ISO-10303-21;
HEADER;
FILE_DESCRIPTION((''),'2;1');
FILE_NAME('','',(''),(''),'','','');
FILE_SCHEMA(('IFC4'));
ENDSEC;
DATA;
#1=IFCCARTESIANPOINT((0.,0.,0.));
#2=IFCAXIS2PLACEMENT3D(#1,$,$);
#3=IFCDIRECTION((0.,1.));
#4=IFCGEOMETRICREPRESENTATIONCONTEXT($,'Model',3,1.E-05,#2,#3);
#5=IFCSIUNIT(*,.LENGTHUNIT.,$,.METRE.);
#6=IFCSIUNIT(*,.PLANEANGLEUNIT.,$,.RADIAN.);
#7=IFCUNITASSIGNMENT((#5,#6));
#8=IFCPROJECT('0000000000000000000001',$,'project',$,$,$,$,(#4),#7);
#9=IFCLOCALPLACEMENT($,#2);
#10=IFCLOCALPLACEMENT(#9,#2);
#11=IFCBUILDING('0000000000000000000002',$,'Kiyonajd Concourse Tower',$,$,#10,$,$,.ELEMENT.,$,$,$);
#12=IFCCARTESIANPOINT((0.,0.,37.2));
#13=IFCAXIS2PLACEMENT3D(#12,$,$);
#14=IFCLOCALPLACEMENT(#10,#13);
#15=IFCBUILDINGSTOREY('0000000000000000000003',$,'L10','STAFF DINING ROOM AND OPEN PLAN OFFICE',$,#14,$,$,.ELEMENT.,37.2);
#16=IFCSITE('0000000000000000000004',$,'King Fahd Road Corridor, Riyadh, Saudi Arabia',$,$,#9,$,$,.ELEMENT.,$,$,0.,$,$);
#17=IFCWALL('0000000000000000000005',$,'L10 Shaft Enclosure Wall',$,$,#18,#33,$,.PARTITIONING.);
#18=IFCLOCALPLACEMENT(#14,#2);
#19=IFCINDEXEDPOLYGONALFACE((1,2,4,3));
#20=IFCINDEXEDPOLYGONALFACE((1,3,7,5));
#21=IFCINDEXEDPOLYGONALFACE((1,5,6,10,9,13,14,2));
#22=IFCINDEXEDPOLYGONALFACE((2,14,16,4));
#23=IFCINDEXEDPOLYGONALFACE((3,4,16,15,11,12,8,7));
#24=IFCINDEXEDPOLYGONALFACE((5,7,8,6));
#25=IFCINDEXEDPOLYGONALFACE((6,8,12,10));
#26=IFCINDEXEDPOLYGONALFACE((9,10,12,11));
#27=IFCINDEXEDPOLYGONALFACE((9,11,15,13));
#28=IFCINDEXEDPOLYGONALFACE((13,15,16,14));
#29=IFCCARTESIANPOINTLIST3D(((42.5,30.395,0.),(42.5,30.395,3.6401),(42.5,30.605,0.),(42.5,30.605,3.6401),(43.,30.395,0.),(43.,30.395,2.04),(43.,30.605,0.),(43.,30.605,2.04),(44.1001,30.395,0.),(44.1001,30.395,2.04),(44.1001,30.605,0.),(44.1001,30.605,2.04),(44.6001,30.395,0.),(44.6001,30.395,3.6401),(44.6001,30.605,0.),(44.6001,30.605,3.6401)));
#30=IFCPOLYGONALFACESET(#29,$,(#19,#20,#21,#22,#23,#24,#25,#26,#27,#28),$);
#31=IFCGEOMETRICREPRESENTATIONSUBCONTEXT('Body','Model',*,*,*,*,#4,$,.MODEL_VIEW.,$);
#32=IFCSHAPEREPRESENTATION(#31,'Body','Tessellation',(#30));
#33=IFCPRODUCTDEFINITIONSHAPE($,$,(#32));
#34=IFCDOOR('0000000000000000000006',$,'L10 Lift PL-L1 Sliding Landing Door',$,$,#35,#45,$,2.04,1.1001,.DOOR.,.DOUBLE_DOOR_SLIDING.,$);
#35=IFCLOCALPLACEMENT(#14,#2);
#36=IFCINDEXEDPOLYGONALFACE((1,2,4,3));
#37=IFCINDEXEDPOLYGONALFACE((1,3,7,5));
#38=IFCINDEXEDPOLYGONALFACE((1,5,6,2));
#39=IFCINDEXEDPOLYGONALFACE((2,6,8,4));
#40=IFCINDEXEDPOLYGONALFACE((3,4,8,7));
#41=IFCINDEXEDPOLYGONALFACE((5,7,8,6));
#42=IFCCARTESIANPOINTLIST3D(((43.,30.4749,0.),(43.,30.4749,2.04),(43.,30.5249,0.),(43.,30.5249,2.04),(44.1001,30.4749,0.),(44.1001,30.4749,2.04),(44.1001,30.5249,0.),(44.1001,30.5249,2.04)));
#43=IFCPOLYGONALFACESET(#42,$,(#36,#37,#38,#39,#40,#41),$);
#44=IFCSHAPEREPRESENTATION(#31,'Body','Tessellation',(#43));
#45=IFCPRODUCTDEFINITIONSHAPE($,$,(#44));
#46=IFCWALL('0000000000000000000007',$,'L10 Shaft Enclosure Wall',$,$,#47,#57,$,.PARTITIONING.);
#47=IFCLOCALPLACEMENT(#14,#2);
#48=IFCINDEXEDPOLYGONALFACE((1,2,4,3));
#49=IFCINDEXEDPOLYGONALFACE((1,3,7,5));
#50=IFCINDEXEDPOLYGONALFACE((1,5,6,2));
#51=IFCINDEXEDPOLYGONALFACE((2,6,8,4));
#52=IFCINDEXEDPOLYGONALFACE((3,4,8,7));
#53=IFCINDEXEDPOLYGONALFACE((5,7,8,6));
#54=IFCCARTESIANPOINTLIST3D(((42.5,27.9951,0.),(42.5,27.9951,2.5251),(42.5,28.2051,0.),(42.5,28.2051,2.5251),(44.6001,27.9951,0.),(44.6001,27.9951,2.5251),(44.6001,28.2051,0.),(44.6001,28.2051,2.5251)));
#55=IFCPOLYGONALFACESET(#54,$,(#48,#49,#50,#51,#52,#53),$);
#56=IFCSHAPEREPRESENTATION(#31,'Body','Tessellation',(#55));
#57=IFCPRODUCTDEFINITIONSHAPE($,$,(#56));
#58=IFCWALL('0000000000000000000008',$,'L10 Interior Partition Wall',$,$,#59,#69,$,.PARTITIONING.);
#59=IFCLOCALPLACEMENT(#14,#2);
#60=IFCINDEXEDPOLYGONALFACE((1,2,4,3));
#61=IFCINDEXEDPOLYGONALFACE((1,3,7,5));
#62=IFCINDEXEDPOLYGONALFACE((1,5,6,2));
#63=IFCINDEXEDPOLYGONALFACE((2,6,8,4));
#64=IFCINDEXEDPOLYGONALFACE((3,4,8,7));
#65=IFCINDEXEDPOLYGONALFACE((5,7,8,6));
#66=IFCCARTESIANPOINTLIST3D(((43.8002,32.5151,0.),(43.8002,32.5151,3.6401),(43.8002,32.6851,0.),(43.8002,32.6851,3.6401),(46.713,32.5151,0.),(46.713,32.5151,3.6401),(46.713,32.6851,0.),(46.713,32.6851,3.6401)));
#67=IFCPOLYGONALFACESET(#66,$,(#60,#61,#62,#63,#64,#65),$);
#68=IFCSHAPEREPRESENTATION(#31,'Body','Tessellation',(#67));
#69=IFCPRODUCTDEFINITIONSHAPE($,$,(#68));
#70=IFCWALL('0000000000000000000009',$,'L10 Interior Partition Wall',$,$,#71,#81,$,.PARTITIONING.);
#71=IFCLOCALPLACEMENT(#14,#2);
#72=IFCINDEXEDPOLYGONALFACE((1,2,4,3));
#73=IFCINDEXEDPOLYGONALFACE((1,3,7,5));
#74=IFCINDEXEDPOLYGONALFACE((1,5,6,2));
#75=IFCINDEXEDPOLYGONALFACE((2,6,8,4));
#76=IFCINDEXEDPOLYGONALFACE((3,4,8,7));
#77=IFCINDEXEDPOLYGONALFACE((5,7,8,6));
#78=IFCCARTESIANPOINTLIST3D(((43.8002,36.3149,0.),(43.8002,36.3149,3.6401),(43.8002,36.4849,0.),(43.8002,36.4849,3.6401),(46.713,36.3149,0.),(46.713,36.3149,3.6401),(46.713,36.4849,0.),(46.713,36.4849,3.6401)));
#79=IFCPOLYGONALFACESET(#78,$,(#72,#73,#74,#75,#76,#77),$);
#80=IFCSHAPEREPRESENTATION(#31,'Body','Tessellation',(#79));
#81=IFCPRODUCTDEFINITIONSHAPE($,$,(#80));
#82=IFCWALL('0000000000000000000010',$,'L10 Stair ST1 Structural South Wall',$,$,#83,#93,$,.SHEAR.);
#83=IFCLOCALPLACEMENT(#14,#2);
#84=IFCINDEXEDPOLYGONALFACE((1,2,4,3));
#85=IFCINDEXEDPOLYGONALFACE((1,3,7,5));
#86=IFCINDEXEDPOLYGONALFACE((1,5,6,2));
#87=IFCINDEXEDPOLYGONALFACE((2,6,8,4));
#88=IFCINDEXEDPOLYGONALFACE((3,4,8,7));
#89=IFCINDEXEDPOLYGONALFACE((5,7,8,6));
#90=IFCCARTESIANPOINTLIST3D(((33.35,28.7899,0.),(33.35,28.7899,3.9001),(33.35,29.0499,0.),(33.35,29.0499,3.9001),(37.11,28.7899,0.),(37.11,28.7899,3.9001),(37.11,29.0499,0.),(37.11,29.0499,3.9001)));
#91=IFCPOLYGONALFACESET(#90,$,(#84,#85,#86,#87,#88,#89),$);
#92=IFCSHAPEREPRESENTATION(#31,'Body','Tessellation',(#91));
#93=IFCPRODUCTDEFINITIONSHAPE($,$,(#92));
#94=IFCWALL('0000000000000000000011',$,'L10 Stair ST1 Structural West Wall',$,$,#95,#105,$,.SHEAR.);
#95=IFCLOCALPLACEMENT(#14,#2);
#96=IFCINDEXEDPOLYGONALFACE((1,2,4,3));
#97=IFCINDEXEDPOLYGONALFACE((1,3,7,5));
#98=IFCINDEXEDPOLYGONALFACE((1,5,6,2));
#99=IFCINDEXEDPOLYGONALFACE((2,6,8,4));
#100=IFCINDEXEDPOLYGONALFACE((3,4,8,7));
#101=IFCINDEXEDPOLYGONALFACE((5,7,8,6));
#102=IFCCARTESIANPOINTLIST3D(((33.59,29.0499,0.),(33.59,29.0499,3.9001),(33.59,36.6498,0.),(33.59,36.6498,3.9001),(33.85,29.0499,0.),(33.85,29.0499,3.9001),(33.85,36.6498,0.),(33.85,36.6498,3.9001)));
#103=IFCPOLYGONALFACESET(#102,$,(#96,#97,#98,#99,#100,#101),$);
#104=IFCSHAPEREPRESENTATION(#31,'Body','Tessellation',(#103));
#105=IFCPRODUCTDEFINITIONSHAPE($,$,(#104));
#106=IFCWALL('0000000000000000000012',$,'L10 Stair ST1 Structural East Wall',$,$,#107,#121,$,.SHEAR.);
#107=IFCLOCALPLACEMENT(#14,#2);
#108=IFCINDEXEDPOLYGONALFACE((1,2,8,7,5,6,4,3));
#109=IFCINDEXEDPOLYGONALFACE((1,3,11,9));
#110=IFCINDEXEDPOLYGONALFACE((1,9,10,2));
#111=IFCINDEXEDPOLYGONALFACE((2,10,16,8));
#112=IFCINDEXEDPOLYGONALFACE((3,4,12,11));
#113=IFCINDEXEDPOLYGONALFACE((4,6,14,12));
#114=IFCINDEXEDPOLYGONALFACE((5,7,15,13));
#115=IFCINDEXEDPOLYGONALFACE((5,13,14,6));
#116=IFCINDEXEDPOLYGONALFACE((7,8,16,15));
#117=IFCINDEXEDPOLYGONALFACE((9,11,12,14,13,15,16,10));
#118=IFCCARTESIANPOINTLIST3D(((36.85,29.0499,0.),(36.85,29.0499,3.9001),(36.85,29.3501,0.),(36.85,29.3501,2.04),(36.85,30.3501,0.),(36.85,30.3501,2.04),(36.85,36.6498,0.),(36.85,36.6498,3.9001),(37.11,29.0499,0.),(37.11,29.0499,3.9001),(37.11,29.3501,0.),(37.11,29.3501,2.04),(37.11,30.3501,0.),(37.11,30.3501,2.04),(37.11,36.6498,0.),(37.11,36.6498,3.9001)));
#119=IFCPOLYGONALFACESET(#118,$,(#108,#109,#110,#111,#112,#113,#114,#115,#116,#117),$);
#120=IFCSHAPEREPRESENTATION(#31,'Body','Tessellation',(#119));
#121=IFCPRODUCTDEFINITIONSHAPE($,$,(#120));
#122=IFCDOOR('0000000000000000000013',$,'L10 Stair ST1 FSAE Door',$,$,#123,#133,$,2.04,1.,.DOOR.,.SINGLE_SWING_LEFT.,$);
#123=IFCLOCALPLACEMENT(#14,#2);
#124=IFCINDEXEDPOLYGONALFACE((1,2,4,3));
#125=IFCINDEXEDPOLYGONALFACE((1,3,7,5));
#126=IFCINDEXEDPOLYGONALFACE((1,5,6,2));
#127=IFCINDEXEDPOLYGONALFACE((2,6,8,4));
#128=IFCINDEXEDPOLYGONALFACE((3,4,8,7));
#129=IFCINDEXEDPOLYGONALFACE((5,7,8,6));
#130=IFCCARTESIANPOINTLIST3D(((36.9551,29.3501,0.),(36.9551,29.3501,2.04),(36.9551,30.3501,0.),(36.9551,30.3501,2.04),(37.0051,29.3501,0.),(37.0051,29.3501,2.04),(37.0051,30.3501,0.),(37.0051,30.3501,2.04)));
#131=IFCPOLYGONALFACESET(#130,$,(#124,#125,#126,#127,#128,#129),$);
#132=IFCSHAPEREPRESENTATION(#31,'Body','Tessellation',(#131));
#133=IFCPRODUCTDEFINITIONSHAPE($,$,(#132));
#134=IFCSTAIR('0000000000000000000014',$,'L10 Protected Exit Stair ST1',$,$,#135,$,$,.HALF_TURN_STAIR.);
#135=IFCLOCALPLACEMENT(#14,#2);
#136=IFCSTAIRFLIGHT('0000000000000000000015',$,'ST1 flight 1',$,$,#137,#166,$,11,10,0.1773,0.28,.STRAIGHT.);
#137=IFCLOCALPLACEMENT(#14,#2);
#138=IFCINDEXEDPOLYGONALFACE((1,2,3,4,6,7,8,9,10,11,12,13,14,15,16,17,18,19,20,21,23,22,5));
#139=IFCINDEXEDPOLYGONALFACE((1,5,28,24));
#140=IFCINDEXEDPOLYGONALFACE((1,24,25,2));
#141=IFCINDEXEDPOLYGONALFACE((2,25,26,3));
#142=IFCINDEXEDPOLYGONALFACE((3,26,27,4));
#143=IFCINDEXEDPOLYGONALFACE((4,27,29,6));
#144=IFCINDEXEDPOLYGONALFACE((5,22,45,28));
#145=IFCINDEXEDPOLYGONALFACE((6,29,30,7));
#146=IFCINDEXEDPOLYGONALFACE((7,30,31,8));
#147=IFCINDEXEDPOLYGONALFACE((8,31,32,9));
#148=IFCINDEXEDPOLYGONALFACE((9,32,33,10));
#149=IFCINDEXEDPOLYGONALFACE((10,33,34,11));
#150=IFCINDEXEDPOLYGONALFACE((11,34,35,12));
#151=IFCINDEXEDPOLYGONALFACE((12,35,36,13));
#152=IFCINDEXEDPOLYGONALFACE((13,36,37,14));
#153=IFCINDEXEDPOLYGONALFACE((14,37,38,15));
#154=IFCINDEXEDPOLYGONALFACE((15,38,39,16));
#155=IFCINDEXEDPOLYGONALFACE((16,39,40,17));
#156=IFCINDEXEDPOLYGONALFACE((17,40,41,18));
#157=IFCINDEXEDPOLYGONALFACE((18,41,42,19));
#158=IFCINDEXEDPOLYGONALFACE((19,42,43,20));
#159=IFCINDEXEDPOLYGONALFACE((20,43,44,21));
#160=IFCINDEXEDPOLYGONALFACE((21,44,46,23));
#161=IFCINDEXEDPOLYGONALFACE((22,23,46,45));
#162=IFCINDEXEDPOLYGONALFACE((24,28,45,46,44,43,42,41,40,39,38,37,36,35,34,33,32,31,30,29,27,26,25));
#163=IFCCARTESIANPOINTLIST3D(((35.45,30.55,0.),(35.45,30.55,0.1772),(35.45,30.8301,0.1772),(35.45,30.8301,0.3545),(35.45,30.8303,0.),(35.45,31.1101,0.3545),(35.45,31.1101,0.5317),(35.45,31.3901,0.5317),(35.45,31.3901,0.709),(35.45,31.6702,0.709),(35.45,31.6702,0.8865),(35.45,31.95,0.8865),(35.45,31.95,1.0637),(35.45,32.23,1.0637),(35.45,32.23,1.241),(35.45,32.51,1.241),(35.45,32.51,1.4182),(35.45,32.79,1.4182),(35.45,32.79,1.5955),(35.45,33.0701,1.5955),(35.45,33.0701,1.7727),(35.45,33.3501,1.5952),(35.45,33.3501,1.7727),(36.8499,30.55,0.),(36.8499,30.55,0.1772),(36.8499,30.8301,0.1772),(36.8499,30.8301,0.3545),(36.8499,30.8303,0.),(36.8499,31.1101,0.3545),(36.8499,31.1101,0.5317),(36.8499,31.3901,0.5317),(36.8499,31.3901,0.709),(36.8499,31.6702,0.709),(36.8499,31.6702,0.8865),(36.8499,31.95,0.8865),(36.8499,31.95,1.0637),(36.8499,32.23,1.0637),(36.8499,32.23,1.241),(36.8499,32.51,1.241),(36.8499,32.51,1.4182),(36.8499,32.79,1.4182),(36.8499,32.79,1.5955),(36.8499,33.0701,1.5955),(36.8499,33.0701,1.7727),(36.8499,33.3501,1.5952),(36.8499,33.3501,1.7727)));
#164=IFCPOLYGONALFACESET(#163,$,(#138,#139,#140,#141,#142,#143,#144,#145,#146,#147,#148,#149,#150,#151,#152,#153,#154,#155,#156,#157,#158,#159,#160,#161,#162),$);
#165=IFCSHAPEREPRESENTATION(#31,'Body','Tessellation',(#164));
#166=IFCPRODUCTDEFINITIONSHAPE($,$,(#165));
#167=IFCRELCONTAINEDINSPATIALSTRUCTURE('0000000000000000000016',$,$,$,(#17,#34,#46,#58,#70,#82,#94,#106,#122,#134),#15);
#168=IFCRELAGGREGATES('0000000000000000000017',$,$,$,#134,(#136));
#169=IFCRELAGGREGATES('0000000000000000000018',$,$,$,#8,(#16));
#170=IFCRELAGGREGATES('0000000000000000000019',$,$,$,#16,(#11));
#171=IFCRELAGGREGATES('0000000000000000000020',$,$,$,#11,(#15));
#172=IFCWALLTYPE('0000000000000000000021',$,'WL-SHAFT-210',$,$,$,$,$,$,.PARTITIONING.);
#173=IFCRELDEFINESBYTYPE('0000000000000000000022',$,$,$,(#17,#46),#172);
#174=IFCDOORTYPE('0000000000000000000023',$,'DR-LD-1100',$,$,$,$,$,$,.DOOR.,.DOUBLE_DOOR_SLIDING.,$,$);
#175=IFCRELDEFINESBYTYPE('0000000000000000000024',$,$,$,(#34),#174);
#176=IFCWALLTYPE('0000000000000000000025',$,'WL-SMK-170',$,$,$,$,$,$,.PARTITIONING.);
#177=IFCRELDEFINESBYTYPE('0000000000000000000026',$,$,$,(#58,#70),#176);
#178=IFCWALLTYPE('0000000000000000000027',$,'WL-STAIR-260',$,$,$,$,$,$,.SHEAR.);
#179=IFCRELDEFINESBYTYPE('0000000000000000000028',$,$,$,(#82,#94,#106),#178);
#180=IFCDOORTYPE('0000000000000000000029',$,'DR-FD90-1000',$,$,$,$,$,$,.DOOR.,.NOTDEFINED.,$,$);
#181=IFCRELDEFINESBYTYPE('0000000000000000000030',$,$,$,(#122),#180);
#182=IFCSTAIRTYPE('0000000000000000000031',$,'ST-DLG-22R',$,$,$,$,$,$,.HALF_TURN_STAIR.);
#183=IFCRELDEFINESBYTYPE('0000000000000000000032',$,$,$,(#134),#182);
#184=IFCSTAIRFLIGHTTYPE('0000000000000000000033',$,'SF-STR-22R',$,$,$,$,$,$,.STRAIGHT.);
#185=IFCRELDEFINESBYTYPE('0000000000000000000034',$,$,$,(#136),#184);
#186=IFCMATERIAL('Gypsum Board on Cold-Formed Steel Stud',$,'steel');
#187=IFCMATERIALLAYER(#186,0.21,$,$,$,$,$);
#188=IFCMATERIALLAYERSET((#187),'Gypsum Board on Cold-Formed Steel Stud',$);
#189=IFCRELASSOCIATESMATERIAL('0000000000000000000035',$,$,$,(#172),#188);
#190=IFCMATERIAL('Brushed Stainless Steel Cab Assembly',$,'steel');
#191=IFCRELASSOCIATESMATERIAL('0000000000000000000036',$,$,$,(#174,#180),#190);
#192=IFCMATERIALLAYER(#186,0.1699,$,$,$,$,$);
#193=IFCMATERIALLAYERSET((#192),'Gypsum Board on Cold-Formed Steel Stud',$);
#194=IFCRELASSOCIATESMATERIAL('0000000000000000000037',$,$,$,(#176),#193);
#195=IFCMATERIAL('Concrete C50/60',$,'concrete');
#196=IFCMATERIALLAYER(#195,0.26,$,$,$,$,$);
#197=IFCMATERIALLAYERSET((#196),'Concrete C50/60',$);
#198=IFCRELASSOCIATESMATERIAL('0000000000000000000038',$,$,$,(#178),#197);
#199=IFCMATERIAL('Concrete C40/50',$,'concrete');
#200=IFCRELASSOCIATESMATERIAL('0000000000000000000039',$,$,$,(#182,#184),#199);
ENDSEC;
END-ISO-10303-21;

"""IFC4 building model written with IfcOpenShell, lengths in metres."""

from ifc_helpers import new_model, si_unit, direction, frame, frame_2d, origin, place, context, subcontext, project, spatial, polyline, rectangle, outline, extrude, material, layer, layer_set, type_object, element, fill, aggregate, save


model = new_model("IFC4")

# Units and contexts
model_context = context("Model", 3, precision=1e-05, world=origin(), true_north=direction((0.0, 1.0)))
body_context = subcontext(model_context, "Body", "Model", "MODEL_VIEW")
ifc_project = project(units=[si_unit("LENGTHUNIT", "METRE"), si_unit("PLANEANGLEUNIT", "RADIAN")], contexts=[model_context])

# Site, building, storey
site_placement = place(None, origin())
site = spatial("IfcSite", under=ifc_project, at=site_placement, Name="King Fahd Road Corridor, Riyadh, Saudi Arabia", CompositionType="ELEMENT", RefElevation=0.0)
building_placement = place(site_placement, origin())
building = spatial("IfcBuilding", under=site, at=building_placement, Name="Kiyonajd Concourse Tower", CompositionType="ELEMENT")
storey_placement = place(building_placement, frame((0.0, 0.0, 37.2)))
storey = spatial("IfcBuildingStorey", under=building, at=storey_placement, Name="L10", Description="STAFF DINING ROOM AND OPEN PLAN OFFICE", CompositionType="ELEMENT", Elevation=37.2)

# Shared definitions
ifc_material_1 = material(Name="Concrete C50/60", Category="concrete")

# Shared definitions
ifc_material_2 = material(Name="Gypsum Board on Cold-Formed Steel Stud", Category="steel")

# Shared definitions
ifc_layer_1 = layer(ifc_material_2, 0.21)
ifc_layer_set_1 = layer_set([ifc_layer_1], Name="Gypsum Board on Cold-Formed Steel Stud")
wall_type_1 = type_object("IfcWallType", Name="WL-SHAFT-210", PredefinedType="PARTITIONING", material=ifc_layer_set_1)
ifc_material_3 = material(Name="Brushed Stainless Steel Cab Assembly", Category="steel")

# Wall, opening, door
wall_1_placement = place(storey_placement, frame((42.5, 30.5, 0.0), z_axis=(0.0, 0.0, 1.0), x_axis=(1.0, 0.0, 0.0)))
wall_1 = element("IfcWall", 1, at=wall_1_placement, inside=storey, type_object=wall_type_1, Name="L10 Shaft Enclosure Wall", PredefinedType="PARTITIONING", context=body_context, shape_type="SweptSolid", body=[
    extrude(rectangle(XDim=2.1001, YDim=0.21, at=frame_2d((1.05, 0.0))), origin(), (0.0, 0.0, 1.0), 3.6401),
])
opening_1_placement = place(wall_1_placement, frame((0.5, 0.0, 0.0)))
opening_1 = element("IfcOpeningElement", 2, at=opening_1_placement, cuts=wall_1, PredefinedType="OPENING", context=body_context, shape_type="SweptSolid", body=[
    extrude(rectangle(XDim=1.1001, YDim=2.04, at=frame_2d((0.55, 1.02))), frame((0.0, 0.115, 0.0), z_axis=(0.0, -1.0, 0.0), x_axis=(1.0, 0.0, 0.0)), (0.0, 0.0, 1.0), 0.23),
])
door_type_1 = type_object("IfcDoorType", Name="DR-LD-1100", OperationType="DOUBLE_DOOR_SLIDING", PredefinedType="DOOR", material=ifc_material_3)
door_1_placement = place(opening_1_placement, origin())
door_1 = element("IfcDoor", 3, at=door_1_placement, inside=storey, type_object=door_type_1, Name="L10 Lift PL-L1 Sliding Landing Door", OperationType="DOUBLE_DOOR_SLIDING", OverallHeight=2.04, OverallWidth=1.1001, PredefinedType="DOOR", context=body_context, shape_type="SweptSolid", body=[
    extrude(rectangle(XDim=1.1001, YDim=2.04, at=frame_2d((0.55, 1.02))), frame((0.0, 0.0249, 0.0), z_axis=(0.0, -1.0, 0.0), x_axis=(1.0, 0.0, 0.0)), (0.0, 0.0, 1.0), 0.05),
])
fill(opening_1, door_1)

# Walls
wall_2_placement = place(storey_placement, frame((42.5, 28.1001, 0.0), z_axis=(0.0, 0.0, 1.0), x_axis=(1.0, 0.0, 0.0)))
element("IfcWall", 4, at=wall_2_placement, inside=storey, type_object=wall_type_1, Name="L10 Shaft Enclosure Wall", PredefinedType="PARTITIONING", context=body_context, shape_type="SweptSolid", body=[
    extrude(rectangle(XDim=2.1001, YDim=0.21, at=frame_2d((1.05, 0.0))), origin(), (0.0, 0.0, 1.0), 2.5251),
])
ifc_layer_2 = layer(ifc_material_2, 0.1699)
ifc_layer_set_2 = layer_set([ifc_layer_2], Name="Gypsum Board on Cold-Formed Steel Stud")
wall_type_2 = type_object("IfcWallType", Name="WL-SMK-170", PredefinedType="PARTITIONING", material=ifc_layer_set_2)
for number, where, z_axis, x_axis, name in (
    (5, (43.8, 32.6001, 0.0), (0.0, 0.0, 1.0), (1.0, 0.0, 0.0), "L10 Interior Partition Wall"),
    (6, (43.8, 36.3999, 0.0), (0.0, 0.0, 1.0), (1.0, 0.0, 0.0), "L10 Interior Partition Wall"),
):
    element("IfcWall", number, at=place(storey_placement, frame(where, z_axis=z_axis, x_axis=x_axis)), inside=storey, type_object=wall_type_2, Name=name, PredefinedType="PARTITIONING", context=body_context, shape_type="SweptSolid", body=[
        extrude(rectangle(XDim=2.9128, YDim=0.1699, at=frame_2d((1.4565, 0.0))), origin(), (0.0, 0.0, 1.0), 3.6401),
    ])
ifc_layer_3 = layer(ifc_material_1, 0.26)
ifc_layer_set_3 = layer_set([ifc_layer_3], Name="Concrete C50/60")
wall_type_3 = type_object("IfcWallType", Name="WL-STAIR-260", PredefinedType="SHEAR", material=ifc_layer_set_3)
wall_3_placement = place(storey_placement, frame((33.3501, 28.9199, 0.0), z_axis=(0.0, 0.0, 1.0), x_axis=(1.0, 0.0, 0.0)))
element("IfcWall", 7, at=wall_3_placement, inside=storey, type_object=wall_type_3, Name="L10 Stair ST1 Structural South Wall", PredefinedType="SHEAR", context=body_context, shape_type="SweptSolid", body=[
    extrude(rectangle(XDim=3.76, YDim=0.26, at=frame_2d((1.8799, 0.0))), origin(), (0.0, 0.0, 1.0), 3.9001),
])
wall_4_placement = place(storey_placement, frame((33.72, 29.05, 0.0), z_axis=(0.0, 0.0, 1.0), x_axis=(0.0, 1.0, 0.0)))
element("IfcWall", 8, at=wall_4_placement, inside=storey, type_object=wall_type_3, Name="L10 Stair ST1 Structural West Wall", PredefinedType="SHEAR", context=body_context, shape_type="SweptSolid", body=[
    extrude(rectangle(XDim=7.5999, YDim=0.26, at=frame_2d((3.7998, 0.0))), origin(), (0.0, 0.0, 1.0), 3.9001),
])

# Wall, opening, door
wall_5_placement = place(storey_placement, frame((36.98, 29.05, 0.0), z_axis=(0.0, 0.0, 1.0), x_axis=(0.0, 1.0, 0.0)))
wall_5 = element("IfcWall", 9, at=wall_5_placement, inside=storey, type_object=wall_type_3, Name="L10 Stair ST1 Structural East Wall", PredefinedType="SHEAR", context=body_context, shape_type="SweptSolid", body=[
    extrude(rectangle(XDim=7.5999, YDim=0.26, at=frame_2d((3.7998, 0.0))), origin(), (0.0, 0.0, 1.0), 3.9001),
])
opening_2_placement = place(wall_5_placement, frame((0.3, 0.0, 0.0)))
opening_2 = element("IfcOpeningElement", 10, at=opening_2_placement, cuts=wall_5, PredefinedType="OPENING", context=body_context, shape_type="SweptSolid", body=[
    extrude(rectangle(XDim=1.0, YDim=2.04, at=frame_2d((0.5, 1.02))), frame((0.0, 0.1399, 0.0), z_axis=(0.0, -1.0, 0.0), x_axis=(1.0, 0.0, 0.0)), (0.0, 0.0, 1.0), 0.28),
])
door_type_2 = type_object("IfcDoorType", Name="DR-FD90-1000", OperationType="NOTDEFINED", PredefinedType="DOOR", material=ifc_material_3)
door_2_placement = place(opening_2_placement, origin())
door_2 = element("IfcDoor", 11, at=door_2_placement, inside=storey, type_object=door_type_2, Name="L10 Stair ST1 FSAE Door", OperationType="SINGLE_SWING_LEFT", OverallHeight=2.04, OverallWidth=1.0, PredefinedType="DOOR", context=body_context, shape_type="SweptSolid", body=[
    extrude(rectangle(XDim=1.0, YDim=2.04, at=frame_2d((0.5, 1.02))), frame((0.0, 0.0249, 0.0), z_axis=(0.0, -1.0, 0.0), x_axis=(1.0, 0.0, 0.0)), (0.0, 0.0, 1.0), 0.05),
])
fill(opening_2, door_2)

# Stair, stair flight
ifc_material_4 = material(Name="Concrete C40/50", Category="concrete")
stair_type = type_object("IfcStairType", Name="ST-DLG-22R", PredefinedType="HALF_TURN_STAIR", material=ifc_material_4)
stair_placement = place(storey_placement, origin())
stair = element("IfcStair", 12, at=stair_placement, inside=storey, type_object=stair_type, Name="L10 Protected Exit Stair ST1", PredefinedType="HALF_TURN_STAIR")
stair_flight_type = type_object("IfcStairFlightType", Name="SF-STR-22R", PredefinedType="STRAIGHT", material=ifc_material_4)
stair_flight_1_placement = place(storey_placement, frame((36.1499, 30.55, 0.0), z_axis=(0.0, 0.0, 1.0), x_axis=(0.0, 1.0, 0.0)))
stair_flight_1 = element("IfcStairFlight", 13, at=stair_flight_1_placement, type_object=stair_flight_type, Name="ST1 flight 1", NumberOfRisers=11, NumberOfTreads=10, PredefinedType="STRAIGHT", RiserHeight=0.1773, TreadLength=0.28, context=body_context, shape_type="SweptSolid", body=[
    extrude(outline(polyline([(0.0, 0.0), (0.0, 0.1772), (0.28, 0.1772), (0.28, 0.3545), (0.5601, 0.3545), (0.5601, 0.5317), (0.8401, 0.5317), (0.8401, 0.709), (1.1201, 0.709), (1.1201, 0.8865), (1.3999, 0.8865), (1.3999, 1.0637), (1.6799, 1.0637), (1.6799, 1.241), (1.96, 1.241), (1.96, 1.4182), (2.24, 1.4182), (2.24, 1.5955), (2.52, 1.5955), (2.52, 1.7727), (2.8, 1.7727), (2.8, 1.95), (2.8, 1.5952), (0.2803, 0.0), (0.0, 0.0)])), frame((0.0, 0.7, 0.0), z_axis=(0.0, -1.0, 0.0), x_axis=(1.0, 0.0, 0.0)), (0.0, 0.0, 1.0), 1.3999),
])
aggregate(stair, [stair_flight_1])

save(model, "model.ifc")
